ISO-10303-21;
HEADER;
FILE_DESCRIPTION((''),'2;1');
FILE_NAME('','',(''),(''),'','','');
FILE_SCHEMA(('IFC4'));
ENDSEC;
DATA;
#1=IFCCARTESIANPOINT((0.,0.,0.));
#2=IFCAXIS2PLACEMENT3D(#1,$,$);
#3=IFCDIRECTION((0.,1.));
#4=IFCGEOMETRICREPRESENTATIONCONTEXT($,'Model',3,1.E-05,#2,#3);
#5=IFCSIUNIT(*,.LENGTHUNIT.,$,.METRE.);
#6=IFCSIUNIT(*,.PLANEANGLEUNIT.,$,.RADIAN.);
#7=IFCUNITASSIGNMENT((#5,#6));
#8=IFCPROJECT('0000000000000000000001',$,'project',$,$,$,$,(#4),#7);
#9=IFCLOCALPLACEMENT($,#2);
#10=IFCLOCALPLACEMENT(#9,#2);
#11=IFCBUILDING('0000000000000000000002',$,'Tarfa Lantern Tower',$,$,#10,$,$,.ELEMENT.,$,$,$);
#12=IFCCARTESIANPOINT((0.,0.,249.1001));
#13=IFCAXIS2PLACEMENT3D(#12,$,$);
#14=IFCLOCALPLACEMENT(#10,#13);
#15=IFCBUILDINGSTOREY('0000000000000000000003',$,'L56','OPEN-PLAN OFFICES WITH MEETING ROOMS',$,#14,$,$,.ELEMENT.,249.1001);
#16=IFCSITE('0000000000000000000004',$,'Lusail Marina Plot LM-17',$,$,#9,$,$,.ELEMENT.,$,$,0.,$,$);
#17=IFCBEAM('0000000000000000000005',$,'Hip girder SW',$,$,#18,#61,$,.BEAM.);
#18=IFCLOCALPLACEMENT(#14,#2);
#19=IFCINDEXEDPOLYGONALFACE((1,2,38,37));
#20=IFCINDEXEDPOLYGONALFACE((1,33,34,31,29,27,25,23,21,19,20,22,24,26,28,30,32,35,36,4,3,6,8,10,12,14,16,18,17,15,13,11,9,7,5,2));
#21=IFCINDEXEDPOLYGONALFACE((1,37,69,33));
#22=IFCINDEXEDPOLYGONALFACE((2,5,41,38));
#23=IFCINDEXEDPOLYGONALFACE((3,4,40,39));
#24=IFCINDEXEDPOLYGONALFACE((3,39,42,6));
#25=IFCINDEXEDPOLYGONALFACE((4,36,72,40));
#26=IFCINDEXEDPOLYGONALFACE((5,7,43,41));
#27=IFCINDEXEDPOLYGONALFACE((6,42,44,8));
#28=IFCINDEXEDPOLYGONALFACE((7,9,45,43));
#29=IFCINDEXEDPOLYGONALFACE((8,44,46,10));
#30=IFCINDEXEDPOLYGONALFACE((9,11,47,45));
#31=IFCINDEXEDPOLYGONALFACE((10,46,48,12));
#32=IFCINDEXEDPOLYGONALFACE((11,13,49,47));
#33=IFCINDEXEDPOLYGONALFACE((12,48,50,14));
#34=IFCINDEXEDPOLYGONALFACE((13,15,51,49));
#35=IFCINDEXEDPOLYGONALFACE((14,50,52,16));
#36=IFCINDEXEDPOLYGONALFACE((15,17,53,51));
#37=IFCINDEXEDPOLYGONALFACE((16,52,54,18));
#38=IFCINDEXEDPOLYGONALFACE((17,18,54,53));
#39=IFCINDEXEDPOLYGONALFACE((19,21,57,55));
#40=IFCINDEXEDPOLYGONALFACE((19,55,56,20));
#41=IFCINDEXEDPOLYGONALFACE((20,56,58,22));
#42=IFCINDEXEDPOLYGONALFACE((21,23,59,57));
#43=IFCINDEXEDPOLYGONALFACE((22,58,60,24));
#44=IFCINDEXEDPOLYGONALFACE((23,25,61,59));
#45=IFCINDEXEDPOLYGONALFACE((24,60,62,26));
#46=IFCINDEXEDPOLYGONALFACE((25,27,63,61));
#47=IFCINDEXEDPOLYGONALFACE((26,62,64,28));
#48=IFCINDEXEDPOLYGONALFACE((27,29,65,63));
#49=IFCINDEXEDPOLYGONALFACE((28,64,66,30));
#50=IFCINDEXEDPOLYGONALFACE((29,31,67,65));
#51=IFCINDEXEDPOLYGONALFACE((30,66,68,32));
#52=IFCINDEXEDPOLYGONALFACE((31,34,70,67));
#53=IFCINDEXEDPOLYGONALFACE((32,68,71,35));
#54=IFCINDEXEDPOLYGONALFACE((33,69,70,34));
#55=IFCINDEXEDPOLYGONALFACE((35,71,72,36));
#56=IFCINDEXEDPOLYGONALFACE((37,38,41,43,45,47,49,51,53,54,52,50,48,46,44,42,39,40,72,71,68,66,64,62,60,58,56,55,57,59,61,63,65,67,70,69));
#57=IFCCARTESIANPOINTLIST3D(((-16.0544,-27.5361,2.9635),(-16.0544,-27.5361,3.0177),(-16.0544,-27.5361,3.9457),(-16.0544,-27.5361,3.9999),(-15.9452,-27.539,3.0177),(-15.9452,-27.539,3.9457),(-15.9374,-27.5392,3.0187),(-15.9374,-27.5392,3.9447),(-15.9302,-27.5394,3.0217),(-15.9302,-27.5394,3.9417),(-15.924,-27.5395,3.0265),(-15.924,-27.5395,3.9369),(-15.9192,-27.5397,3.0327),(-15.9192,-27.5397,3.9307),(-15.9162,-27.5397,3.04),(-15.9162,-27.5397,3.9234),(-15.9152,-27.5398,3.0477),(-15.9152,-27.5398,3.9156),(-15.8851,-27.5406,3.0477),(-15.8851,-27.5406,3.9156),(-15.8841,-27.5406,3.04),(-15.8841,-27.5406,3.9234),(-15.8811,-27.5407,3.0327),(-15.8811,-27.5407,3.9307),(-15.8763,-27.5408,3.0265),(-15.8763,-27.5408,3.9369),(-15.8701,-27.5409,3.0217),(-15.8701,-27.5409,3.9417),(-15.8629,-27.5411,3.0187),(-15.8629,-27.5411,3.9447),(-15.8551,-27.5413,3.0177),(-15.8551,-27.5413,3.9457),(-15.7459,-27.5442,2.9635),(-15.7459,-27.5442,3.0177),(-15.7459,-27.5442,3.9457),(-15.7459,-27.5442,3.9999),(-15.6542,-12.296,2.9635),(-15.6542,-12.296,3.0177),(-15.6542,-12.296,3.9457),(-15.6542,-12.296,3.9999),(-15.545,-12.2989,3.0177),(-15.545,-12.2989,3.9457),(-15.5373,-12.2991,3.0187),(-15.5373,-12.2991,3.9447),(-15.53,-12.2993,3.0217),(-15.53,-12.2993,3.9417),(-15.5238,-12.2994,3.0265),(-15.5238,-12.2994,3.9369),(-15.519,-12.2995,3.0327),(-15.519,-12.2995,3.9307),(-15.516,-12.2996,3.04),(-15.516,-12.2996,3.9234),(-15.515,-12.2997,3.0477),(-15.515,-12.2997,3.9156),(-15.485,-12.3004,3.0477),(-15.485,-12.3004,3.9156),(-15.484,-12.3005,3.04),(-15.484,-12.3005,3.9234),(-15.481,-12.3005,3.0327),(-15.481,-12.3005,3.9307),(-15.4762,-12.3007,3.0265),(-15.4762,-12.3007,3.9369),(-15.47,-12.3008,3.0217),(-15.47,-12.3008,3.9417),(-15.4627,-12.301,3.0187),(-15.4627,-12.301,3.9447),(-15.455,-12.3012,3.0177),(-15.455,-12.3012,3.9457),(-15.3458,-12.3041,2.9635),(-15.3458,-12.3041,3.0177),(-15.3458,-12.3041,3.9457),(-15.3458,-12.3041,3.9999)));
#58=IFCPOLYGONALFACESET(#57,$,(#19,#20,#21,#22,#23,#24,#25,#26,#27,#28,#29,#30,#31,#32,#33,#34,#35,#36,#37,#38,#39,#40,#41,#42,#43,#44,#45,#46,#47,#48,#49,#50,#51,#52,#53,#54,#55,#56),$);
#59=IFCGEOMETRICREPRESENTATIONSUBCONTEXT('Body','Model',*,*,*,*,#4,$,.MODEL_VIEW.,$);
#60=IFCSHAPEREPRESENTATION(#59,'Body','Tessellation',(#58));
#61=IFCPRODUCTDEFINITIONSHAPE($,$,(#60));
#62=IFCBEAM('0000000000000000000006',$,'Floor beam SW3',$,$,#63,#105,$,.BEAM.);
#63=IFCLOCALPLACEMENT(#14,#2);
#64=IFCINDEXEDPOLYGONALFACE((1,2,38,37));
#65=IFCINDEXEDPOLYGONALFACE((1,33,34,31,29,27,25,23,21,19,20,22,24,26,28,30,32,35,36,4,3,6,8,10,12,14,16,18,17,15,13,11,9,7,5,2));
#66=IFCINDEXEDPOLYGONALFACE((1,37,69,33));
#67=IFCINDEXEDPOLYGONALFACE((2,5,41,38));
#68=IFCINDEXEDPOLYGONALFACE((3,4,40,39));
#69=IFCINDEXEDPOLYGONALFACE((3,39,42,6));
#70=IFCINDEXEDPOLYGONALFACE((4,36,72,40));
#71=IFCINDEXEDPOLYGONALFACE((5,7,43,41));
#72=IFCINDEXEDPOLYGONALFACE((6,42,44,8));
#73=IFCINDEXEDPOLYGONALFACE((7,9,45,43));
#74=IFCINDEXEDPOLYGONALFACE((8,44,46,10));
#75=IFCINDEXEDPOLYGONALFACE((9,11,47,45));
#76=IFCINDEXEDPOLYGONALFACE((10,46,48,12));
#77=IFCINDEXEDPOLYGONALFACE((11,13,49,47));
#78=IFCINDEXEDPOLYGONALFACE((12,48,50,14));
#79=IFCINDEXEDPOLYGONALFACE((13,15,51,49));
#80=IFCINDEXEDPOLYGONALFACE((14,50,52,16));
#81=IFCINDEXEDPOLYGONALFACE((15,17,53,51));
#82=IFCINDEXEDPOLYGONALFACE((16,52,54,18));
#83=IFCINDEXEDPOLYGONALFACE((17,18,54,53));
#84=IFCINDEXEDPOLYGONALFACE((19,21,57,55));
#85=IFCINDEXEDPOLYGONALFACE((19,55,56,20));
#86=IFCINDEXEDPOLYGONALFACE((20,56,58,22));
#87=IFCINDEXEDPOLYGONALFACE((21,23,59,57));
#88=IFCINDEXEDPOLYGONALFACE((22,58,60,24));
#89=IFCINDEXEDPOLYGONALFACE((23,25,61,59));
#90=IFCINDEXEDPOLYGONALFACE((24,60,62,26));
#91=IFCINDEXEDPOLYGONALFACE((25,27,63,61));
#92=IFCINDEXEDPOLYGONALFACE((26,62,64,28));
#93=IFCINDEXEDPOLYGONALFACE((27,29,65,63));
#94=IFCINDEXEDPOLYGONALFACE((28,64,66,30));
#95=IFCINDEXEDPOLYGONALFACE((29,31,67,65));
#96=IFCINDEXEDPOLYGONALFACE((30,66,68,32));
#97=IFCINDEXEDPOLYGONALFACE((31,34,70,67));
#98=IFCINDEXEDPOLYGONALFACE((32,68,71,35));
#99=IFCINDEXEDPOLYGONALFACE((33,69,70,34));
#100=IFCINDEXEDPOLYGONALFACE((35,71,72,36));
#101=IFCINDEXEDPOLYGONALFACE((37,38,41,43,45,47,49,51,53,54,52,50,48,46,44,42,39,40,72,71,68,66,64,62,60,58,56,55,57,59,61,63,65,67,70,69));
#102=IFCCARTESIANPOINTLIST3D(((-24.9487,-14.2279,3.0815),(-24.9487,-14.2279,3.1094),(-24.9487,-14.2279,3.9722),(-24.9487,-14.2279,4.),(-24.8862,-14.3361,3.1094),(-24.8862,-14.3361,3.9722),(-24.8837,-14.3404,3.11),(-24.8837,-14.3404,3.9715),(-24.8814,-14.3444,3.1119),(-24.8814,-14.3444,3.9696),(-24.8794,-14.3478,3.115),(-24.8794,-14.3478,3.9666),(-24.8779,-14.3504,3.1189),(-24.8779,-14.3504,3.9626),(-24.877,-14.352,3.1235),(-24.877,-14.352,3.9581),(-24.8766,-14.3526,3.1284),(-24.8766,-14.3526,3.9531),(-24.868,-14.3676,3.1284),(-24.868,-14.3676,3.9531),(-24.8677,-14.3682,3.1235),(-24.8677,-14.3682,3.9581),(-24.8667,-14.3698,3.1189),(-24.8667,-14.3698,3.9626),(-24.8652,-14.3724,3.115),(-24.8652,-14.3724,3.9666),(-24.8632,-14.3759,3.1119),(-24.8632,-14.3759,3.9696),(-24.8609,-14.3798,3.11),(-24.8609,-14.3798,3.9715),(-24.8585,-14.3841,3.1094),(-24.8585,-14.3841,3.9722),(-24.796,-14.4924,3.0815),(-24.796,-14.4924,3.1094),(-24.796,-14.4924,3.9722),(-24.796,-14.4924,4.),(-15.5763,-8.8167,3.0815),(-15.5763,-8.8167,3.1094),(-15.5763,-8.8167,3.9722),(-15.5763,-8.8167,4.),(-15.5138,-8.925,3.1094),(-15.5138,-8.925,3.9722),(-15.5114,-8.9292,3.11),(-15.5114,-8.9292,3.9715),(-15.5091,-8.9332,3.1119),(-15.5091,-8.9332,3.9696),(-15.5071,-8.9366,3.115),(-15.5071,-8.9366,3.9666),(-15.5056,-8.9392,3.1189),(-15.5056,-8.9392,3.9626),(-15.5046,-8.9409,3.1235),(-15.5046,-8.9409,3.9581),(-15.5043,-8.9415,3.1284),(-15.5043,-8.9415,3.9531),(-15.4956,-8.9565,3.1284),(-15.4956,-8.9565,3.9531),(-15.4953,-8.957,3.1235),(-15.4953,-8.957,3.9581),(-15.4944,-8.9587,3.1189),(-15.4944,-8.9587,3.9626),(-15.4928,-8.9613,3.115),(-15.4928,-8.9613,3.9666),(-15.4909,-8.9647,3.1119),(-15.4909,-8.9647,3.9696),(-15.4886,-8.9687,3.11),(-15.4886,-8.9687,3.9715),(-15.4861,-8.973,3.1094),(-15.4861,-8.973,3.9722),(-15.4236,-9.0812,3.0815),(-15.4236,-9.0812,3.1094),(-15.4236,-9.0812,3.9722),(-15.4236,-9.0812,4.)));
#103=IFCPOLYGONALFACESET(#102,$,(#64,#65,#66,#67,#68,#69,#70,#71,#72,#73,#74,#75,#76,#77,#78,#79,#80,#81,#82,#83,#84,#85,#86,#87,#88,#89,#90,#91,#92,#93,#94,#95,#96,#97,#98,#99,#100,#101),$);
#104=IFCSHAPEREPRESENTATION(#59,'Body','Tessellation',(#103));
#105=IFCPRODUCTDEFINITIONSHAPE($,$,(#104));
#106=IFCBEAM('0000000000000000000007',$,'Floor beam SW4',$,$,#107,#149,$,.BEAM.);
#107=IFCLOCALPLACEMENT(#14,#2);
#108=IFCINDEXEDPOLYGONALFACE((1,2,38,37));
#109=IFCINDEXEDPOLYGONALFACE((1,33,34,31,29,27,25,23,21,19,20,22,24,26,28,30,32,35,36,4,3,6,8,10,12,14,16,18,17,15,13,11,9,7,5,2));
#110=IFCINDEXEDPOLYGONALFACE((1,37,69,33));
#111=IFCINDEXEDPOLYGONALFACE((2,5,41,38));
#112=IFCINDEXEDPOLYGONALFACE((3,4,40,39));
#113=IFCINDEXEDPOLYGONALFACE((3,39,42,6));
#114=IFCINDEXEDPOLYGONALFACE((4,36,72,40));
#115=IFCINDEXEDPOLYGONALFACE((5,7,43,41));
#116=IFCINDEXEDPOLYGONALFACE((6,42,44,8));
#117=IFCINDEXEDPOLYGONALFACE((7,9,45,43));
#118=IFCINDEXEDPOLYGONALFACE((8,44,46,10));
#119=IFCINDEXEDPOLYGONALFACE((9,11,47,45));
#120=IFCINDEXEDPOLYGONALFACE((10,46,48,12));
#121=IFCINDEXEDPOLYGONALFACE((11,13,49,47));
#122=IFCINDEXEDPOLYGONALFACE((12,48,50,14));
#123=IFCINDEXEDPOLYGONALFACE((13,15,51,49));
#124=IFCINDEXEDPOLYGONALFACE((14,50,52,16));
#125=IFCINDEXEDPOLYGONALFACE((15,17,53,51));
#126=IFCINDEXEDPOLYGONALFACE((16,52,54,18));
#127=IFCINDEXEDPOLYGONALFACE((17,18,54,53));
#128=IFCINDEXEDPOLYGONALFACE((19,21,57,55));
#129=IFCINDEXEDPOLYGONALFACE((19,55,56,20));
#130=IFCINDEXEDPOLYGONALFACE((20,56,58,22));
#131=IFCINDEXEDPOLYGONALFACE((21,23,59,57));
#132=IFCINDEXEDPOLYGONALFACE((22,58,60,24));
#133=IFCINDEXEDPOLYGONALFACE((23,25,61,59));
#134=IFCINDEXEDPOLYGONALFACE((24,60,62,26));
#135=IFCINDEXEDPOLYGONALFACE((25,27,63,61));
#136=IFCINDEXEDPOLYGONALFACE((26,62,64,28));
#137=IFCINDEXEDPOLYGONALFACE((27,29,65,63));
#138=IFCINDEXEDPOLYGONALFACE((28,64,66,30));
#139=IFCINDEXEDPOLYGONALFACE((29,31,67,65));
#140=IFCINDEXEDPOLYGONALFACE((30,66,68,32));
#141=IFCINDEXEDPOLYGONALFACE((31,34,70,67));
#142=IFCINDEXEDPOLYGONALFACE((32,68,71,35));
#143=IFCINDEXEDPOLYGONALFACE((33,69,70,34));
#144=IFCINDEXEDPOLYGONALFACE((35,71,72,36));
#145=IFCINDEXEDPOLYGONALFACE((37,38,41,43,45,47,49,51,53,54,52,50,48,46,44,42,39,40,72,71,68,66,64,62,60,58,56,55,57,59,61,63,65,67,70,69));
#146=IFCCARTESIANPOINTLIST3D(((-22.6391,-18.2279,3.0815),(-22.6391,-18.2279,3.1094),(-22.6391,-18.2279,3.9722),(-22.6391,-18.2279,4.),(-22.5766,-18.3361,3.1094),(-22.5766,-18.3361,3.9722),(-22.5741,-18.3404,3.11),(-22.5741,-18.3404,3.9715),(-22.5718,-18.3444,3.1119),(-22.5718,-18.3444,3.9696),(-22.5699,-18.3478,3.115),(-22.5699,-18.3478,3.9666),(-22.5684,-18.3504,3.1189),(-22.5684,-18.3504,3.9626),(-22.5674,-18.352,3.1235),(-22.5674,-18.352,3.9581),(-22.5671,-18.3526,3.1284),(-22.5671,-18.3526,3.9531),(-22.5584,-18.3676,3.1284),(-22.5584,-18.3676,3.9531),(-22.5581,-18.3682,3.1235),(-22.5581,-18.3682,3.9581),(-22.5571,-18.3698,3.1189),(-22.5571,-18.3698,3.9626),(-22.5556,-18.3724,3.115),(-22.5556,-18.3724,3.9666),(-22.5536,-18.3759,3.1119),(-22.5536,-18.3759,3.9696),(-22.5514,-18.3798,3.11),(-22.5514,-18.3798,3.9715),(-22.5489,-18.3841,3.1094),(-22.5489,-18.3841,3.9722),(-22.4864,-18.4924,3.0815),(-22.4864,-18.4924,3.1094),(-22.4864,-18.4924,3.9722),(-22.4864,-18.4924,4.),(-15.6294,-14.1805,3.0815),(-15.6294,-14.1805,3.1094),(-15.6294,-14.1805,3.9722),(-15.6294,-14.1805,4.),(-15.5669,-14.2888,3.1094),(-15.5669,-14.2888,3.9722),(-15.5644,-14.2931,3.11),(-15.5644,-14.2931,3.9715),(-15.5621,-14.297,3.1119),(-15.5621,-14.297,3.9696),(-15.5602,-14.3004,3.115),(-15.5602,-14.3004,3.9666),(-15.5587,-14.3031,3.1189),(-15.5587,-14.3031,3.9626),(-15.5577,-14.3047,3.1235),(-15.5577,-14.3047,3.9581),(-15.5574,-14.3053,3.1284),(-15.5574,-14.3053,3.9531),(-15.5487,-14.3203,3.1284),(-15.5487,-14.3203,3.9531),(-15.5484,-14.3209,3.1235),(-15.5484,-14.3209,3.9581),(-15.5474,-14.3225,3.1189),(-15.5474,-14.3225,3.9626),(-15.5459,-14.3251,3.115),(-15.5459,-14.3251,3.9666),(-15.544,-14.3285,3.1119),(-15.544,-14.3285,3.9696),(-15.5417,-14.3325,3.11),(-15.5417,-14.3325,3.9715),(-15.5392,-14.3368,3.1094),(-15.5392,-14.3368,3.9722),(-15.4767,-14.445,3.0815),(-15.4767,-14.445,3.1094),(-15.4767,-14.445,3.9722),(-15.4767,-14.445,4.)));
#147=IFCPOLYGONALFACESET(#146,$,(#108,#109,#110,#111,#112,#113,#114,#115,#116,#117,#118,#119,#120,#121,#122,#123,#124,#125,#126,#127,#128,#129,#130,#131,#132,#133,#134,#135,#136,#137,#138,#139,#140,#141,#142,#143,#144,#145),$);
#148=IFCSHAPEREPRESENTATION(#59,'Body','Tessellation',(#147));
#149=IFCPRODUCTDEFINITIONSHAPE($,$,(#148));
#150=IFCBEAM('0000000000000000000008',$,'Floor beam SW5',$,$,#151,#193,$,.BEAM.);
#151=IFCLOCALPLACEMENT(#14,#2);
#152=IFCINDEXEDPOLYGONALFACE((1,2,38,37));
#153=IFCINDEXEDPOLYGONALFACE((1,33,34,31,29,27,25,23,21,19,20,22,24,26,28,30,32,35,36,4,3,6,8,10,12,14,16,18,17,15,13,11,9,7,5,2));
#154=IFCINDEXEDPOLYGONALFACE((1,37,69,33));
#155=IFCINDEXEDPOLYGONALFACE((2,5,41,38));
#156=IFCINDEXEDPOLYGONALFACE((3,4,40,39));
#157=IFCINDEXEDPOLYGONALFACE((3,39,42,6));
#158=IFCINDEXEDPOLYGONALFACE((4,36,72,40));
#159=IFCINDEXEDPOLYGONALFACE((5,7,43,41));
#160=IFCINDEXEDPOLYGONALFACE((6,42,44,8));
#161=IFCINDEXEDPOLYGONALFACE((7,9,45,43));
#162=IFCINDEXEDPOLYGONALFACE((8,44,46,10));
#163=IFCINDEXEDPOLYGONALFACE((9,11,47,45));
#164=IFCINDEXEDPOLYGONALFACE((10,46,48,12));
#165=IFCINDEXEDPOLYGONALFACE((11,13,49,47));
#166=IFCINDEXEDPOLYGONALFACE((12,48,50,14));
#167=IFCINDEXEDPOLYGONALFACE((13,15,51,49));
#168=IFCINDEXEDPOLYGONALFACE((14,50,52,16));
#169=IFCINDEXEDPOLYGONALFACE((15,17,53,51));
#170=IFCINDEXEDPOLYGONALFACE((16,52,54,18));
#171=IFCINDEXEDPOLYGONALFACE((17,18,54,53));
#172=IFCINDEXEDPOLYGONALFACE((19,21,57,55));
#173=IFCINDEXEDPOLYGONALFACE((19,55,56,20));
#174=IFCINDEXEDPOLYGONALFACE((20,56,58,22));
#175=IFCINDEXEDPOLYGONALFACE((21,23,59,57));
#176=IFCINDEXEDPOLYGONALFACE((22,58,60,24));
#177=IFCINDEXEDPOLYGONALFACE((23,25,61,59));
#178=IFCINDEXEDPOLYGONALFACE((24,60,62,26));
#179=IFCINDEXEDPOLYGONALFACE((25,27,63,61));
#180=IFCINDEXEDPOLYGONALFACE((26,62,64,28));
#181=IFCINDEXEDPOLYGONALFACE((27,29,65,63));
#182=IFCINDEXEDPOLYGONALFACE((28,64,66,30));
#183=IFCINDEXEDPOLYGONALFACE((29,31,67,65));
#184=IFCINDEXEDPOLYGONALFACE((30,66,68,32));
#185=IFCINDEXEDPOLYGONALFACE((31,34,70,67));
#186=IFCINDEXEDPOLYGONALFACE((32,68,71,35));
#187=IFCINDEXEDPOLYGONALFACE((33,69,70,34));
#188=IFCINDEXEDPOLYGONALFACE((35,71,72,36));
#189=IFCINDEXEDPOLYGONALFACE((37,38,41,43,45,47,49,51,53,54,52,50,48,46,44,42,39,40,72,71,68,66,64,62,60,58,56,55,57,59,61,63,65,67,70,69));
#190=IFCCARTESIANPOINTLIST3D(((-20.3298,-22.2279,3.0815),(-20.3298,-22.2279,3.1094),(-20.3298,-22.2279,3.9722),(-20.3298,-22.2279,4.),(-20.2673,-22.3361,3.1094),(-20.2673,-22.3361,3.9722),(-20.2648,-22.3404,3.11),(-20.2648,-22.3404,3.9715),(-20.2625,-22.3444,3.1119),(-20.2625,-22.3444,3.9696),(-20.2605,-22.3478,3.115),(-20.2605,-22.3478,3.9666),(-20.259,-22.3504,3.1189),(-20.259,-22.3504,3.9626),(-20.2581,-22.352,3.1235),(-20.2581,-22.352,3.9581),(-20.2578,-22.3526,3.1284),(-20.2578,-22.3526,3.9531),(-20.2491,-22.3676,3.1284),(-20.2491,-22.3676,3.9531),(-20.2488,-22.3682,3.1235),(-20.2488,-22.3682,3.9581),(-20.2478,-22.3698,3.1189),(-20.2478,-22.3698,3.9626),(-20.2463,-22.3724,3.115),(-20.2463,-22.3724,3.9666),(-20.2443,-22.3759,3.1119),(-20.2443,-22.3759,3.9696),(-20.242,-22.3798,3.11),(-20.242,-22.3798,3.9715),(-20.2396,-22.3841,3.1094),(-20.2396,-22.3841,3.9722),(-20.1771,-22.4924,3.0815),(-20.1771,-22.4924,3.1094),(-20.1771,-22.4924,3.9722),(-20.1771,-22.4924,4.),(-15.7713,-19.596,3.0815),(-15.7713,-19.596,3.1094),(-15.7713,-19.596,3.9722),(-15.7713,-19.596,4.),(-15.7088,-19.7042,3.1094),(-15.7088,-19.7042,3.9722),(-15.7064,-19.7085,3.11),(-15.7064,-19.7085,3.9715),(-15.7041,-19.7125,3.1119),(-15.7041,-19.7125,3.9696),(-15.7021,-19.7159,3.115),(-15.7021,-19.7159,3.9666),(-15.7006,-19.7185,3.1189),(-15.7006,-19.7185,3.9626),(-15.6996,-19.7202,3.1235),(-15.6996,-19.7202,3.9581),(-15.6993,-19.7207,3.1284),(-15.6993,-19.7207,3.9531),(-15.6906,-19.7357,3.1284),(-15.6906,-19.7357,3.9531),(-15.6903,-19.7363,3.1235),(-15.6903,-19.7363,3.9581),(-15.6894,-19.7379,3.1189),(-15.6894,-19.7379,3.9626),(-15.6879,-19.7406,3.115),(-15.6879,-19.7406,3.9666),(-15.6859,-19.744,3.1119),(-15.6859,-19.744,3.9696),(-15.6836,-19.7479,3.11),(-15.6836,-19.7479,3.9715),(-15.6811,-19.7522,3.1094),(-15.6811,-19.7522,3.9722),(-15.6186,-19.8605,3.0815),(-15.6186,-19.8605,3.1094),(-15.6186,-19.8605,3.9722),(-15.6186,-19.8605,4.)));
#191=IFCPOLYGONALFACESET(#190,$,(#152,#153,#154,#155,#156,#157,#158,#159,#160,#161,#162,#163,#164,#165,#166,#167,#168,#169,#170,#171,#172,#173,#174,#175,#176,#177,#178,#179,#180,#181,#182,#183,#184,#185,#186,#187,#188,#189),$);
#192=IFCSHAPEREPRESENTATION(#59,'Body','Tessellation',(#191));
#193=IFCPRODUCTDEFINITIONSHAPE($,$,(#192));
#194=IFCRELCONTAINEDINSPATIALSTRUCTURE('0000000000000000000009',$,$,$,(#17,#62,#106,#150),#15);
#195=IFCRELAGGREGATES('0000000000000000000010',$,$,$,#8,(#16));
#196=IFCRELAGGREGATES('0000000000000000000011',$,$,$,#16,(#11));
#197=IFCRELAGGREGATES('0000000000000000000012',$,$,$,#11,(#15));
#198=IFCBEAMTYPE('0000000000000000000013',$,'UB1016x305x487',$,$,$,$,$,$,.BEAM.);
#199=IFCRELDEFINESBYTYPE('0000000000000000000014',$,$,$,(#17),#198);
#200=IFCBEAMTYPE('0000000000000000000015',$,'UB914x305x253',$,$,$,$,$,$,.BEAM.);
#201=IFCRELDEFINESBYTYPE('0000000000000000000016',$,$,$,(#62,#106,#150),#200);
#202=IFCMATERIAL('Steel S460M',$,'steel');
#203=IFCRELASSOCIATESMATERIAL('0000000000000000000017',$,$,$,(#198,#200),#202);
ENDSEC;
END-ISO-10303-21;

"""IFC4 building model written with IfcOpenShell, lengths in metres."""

from ifc_helpers import new_model, si_unit, direction, frame, origin, origin_2d, place, context, subcontext, project, spatial, i_section, extrude, material, material_profile, profile_set, type_object, element, save


model = new_model("IFC4")

# Units and contexts
model_context = context("Model", 3, precision=1e-05, world=origin(), true_north=direction((0.0, 1.0)))
body_context = subcontext(model_context, "Body", "Model", "MODEL_VIEW")
ifc_project = project(units=[si_unit("LENGTHUNIT", "METRE"), si_unit("PLANEANGLEUNIT", "RADIAN")], contexts=[model_context])

# Site, building, storey
site_placement = place(None, origin())
site = spatial("IfcSite", under=ifc_project, at=site_placement, Name="Lusail Marina Plot LM-17", CompositionType="ELEMENT", RefElevation=0.0)
building_placement = place(site_placement, origin())
building = spatial("IfcBuilding", under=site, at=building_placement, Name="Tarfa Lantern Tower", CompositionType="ELEMENT")
storey_placement = place(building_placement, frame((0.0, 0.0, 249.1001)))
storey = spatial("IfcBuildingStorey", under=building, at=storey_placement, Name="L56", Description="OPEN-PLAN OFFICES WITH MEETING ROOMS", CompositionType="ELEMENT", Elevation=249.1001)

# Beams
ifc_material_1 = material(Name="Steel S460M", Category="steel")
ifc_material_profile_1 = material_profile(ifc_material_1, i_section(OverallWidth=0.3086, OverallDepth=1.0364, WebThickness=0.03, FlangeThickness=0.0542, FilletRadius=0.03, at=origin_2d()), Name="UB1016x305x487")
ifc_profile_set_1 = profile_set([ifc_material_profile_1], Name="Steel S460M")
beam_type_1 = type_object("IfcBeamType", Name="UB1016x305x487", PredefinedType="BEAM", material=ifc_profile_set_1)
beam_1_placement = place(storey_placement, frame((-15.5, -12.3, 3.4817), z_axis=(-0.026247, -0.999655, 0.0), x_axis=(0.999655, -0.026247, 0.0)))
element("IfcBeam", 1, at=beam_1_placement, inside=storey, type_object=beam_type_1, Name="Hip girder SW", PredefinedType="BEAM", context=body_context, shape_type="SweptSolid", body=[
    extrude(i_section(OverallWidth=0.3086, OverallDepth=1.0364, WebThickness=0.03, FlangeThickness=0.0542, FilletRadius=0.03, at=origin_2d()), origin(), (0.0, 0.0, 1.0), 15.2454),
])
ifc_material_profile_2 = material_profile(ifc_material_1, i_section(OverallWidth=0.3054, OverallDepth=0.9185, WebThickness=0.0173, FlangeThickness=0.0278, FilletRadius=0.019, at=origin_2d()), Name="UB914x305x253")
ifc_profile_set_2 = profile_set([ifc_material_profile_2], Name="Steel S460M")
beam_type_2 = type_object("IfcBeamType", Name="UB914x305x253", PredefinedType="BEAM", material=ifc_profile_set_2)
beam_2_placement = place(storey_placement, frame((-24.8723, -14.3601, 3.5408), z_axis=(0.866024, 0.500002, 0.0), x_axis=(-0.500002, 0.866024, 0.0)))
element("IfcBeam", 2, at=beam_2_placement, inside=storey, type_object=beam_type_2, Name="Floor beam SW3", PredefinedType="BEAM", context=body_context, shape_type="SweptSolid", body=[
    extrude(i_section(OverallWidth=0.3054, OverallDepth=0.9185, WebThickness=0.0173, FlangeThickness=0.0278, FilletRadius=0.019, at=origin_2d()), origin(), (0.0, 0.0, 1.0), 10.8223),
])
beam_3_placement = place(storey_placement, frame((-22.5627, -18.3601, 3.5408), z_axis=(0.866011, 0.500025, 0.0), x_axis=(-0.500025, 0.866011, 0.0)))
element("IfcBeam", 3, at=beam_3_placement, inside=storey, type_object=beam_type_2, Name="Floor beam SW4", PredefinedType="BEAM", context=body_context, shape_type="SweptSolid", body=[
    extrude(i_section(OverallWidth=0.3054, OverallDepth=0.9185, WebThickness=0.0173, FlangeThickness=0.0278, FilletRadius=0.019, at=origin_2d()), origin(), (0.0, 0.0, 1.0), 8.0942),
])
beam_4_placement = place(storey_placement, frame((-20.2534, -22.3601, 3.5408), z_axis=(0.86602, 0.50001, 0.0), x_axis=(-0.50001, 0.86602, 0.0)))
element("IfcBeam", 4, at=beam_4_placement, inside=storey, type_object=beam_type_2, Name="Floor beam SW5", PredefinedType="BEAM", context=body_context, shape_type="SweptSolid", body=[
    extrude(i_section(OverallWidth=0.3054, OverallDepth=0.9185, WebThickness=0.0173, FlangeThickness=0.0278, FilletRadius=0.019, at=origin_2d()), origin(), (0.0, 0.0, 1.0), 5.2637),
])

save(model, "model.ifc")
